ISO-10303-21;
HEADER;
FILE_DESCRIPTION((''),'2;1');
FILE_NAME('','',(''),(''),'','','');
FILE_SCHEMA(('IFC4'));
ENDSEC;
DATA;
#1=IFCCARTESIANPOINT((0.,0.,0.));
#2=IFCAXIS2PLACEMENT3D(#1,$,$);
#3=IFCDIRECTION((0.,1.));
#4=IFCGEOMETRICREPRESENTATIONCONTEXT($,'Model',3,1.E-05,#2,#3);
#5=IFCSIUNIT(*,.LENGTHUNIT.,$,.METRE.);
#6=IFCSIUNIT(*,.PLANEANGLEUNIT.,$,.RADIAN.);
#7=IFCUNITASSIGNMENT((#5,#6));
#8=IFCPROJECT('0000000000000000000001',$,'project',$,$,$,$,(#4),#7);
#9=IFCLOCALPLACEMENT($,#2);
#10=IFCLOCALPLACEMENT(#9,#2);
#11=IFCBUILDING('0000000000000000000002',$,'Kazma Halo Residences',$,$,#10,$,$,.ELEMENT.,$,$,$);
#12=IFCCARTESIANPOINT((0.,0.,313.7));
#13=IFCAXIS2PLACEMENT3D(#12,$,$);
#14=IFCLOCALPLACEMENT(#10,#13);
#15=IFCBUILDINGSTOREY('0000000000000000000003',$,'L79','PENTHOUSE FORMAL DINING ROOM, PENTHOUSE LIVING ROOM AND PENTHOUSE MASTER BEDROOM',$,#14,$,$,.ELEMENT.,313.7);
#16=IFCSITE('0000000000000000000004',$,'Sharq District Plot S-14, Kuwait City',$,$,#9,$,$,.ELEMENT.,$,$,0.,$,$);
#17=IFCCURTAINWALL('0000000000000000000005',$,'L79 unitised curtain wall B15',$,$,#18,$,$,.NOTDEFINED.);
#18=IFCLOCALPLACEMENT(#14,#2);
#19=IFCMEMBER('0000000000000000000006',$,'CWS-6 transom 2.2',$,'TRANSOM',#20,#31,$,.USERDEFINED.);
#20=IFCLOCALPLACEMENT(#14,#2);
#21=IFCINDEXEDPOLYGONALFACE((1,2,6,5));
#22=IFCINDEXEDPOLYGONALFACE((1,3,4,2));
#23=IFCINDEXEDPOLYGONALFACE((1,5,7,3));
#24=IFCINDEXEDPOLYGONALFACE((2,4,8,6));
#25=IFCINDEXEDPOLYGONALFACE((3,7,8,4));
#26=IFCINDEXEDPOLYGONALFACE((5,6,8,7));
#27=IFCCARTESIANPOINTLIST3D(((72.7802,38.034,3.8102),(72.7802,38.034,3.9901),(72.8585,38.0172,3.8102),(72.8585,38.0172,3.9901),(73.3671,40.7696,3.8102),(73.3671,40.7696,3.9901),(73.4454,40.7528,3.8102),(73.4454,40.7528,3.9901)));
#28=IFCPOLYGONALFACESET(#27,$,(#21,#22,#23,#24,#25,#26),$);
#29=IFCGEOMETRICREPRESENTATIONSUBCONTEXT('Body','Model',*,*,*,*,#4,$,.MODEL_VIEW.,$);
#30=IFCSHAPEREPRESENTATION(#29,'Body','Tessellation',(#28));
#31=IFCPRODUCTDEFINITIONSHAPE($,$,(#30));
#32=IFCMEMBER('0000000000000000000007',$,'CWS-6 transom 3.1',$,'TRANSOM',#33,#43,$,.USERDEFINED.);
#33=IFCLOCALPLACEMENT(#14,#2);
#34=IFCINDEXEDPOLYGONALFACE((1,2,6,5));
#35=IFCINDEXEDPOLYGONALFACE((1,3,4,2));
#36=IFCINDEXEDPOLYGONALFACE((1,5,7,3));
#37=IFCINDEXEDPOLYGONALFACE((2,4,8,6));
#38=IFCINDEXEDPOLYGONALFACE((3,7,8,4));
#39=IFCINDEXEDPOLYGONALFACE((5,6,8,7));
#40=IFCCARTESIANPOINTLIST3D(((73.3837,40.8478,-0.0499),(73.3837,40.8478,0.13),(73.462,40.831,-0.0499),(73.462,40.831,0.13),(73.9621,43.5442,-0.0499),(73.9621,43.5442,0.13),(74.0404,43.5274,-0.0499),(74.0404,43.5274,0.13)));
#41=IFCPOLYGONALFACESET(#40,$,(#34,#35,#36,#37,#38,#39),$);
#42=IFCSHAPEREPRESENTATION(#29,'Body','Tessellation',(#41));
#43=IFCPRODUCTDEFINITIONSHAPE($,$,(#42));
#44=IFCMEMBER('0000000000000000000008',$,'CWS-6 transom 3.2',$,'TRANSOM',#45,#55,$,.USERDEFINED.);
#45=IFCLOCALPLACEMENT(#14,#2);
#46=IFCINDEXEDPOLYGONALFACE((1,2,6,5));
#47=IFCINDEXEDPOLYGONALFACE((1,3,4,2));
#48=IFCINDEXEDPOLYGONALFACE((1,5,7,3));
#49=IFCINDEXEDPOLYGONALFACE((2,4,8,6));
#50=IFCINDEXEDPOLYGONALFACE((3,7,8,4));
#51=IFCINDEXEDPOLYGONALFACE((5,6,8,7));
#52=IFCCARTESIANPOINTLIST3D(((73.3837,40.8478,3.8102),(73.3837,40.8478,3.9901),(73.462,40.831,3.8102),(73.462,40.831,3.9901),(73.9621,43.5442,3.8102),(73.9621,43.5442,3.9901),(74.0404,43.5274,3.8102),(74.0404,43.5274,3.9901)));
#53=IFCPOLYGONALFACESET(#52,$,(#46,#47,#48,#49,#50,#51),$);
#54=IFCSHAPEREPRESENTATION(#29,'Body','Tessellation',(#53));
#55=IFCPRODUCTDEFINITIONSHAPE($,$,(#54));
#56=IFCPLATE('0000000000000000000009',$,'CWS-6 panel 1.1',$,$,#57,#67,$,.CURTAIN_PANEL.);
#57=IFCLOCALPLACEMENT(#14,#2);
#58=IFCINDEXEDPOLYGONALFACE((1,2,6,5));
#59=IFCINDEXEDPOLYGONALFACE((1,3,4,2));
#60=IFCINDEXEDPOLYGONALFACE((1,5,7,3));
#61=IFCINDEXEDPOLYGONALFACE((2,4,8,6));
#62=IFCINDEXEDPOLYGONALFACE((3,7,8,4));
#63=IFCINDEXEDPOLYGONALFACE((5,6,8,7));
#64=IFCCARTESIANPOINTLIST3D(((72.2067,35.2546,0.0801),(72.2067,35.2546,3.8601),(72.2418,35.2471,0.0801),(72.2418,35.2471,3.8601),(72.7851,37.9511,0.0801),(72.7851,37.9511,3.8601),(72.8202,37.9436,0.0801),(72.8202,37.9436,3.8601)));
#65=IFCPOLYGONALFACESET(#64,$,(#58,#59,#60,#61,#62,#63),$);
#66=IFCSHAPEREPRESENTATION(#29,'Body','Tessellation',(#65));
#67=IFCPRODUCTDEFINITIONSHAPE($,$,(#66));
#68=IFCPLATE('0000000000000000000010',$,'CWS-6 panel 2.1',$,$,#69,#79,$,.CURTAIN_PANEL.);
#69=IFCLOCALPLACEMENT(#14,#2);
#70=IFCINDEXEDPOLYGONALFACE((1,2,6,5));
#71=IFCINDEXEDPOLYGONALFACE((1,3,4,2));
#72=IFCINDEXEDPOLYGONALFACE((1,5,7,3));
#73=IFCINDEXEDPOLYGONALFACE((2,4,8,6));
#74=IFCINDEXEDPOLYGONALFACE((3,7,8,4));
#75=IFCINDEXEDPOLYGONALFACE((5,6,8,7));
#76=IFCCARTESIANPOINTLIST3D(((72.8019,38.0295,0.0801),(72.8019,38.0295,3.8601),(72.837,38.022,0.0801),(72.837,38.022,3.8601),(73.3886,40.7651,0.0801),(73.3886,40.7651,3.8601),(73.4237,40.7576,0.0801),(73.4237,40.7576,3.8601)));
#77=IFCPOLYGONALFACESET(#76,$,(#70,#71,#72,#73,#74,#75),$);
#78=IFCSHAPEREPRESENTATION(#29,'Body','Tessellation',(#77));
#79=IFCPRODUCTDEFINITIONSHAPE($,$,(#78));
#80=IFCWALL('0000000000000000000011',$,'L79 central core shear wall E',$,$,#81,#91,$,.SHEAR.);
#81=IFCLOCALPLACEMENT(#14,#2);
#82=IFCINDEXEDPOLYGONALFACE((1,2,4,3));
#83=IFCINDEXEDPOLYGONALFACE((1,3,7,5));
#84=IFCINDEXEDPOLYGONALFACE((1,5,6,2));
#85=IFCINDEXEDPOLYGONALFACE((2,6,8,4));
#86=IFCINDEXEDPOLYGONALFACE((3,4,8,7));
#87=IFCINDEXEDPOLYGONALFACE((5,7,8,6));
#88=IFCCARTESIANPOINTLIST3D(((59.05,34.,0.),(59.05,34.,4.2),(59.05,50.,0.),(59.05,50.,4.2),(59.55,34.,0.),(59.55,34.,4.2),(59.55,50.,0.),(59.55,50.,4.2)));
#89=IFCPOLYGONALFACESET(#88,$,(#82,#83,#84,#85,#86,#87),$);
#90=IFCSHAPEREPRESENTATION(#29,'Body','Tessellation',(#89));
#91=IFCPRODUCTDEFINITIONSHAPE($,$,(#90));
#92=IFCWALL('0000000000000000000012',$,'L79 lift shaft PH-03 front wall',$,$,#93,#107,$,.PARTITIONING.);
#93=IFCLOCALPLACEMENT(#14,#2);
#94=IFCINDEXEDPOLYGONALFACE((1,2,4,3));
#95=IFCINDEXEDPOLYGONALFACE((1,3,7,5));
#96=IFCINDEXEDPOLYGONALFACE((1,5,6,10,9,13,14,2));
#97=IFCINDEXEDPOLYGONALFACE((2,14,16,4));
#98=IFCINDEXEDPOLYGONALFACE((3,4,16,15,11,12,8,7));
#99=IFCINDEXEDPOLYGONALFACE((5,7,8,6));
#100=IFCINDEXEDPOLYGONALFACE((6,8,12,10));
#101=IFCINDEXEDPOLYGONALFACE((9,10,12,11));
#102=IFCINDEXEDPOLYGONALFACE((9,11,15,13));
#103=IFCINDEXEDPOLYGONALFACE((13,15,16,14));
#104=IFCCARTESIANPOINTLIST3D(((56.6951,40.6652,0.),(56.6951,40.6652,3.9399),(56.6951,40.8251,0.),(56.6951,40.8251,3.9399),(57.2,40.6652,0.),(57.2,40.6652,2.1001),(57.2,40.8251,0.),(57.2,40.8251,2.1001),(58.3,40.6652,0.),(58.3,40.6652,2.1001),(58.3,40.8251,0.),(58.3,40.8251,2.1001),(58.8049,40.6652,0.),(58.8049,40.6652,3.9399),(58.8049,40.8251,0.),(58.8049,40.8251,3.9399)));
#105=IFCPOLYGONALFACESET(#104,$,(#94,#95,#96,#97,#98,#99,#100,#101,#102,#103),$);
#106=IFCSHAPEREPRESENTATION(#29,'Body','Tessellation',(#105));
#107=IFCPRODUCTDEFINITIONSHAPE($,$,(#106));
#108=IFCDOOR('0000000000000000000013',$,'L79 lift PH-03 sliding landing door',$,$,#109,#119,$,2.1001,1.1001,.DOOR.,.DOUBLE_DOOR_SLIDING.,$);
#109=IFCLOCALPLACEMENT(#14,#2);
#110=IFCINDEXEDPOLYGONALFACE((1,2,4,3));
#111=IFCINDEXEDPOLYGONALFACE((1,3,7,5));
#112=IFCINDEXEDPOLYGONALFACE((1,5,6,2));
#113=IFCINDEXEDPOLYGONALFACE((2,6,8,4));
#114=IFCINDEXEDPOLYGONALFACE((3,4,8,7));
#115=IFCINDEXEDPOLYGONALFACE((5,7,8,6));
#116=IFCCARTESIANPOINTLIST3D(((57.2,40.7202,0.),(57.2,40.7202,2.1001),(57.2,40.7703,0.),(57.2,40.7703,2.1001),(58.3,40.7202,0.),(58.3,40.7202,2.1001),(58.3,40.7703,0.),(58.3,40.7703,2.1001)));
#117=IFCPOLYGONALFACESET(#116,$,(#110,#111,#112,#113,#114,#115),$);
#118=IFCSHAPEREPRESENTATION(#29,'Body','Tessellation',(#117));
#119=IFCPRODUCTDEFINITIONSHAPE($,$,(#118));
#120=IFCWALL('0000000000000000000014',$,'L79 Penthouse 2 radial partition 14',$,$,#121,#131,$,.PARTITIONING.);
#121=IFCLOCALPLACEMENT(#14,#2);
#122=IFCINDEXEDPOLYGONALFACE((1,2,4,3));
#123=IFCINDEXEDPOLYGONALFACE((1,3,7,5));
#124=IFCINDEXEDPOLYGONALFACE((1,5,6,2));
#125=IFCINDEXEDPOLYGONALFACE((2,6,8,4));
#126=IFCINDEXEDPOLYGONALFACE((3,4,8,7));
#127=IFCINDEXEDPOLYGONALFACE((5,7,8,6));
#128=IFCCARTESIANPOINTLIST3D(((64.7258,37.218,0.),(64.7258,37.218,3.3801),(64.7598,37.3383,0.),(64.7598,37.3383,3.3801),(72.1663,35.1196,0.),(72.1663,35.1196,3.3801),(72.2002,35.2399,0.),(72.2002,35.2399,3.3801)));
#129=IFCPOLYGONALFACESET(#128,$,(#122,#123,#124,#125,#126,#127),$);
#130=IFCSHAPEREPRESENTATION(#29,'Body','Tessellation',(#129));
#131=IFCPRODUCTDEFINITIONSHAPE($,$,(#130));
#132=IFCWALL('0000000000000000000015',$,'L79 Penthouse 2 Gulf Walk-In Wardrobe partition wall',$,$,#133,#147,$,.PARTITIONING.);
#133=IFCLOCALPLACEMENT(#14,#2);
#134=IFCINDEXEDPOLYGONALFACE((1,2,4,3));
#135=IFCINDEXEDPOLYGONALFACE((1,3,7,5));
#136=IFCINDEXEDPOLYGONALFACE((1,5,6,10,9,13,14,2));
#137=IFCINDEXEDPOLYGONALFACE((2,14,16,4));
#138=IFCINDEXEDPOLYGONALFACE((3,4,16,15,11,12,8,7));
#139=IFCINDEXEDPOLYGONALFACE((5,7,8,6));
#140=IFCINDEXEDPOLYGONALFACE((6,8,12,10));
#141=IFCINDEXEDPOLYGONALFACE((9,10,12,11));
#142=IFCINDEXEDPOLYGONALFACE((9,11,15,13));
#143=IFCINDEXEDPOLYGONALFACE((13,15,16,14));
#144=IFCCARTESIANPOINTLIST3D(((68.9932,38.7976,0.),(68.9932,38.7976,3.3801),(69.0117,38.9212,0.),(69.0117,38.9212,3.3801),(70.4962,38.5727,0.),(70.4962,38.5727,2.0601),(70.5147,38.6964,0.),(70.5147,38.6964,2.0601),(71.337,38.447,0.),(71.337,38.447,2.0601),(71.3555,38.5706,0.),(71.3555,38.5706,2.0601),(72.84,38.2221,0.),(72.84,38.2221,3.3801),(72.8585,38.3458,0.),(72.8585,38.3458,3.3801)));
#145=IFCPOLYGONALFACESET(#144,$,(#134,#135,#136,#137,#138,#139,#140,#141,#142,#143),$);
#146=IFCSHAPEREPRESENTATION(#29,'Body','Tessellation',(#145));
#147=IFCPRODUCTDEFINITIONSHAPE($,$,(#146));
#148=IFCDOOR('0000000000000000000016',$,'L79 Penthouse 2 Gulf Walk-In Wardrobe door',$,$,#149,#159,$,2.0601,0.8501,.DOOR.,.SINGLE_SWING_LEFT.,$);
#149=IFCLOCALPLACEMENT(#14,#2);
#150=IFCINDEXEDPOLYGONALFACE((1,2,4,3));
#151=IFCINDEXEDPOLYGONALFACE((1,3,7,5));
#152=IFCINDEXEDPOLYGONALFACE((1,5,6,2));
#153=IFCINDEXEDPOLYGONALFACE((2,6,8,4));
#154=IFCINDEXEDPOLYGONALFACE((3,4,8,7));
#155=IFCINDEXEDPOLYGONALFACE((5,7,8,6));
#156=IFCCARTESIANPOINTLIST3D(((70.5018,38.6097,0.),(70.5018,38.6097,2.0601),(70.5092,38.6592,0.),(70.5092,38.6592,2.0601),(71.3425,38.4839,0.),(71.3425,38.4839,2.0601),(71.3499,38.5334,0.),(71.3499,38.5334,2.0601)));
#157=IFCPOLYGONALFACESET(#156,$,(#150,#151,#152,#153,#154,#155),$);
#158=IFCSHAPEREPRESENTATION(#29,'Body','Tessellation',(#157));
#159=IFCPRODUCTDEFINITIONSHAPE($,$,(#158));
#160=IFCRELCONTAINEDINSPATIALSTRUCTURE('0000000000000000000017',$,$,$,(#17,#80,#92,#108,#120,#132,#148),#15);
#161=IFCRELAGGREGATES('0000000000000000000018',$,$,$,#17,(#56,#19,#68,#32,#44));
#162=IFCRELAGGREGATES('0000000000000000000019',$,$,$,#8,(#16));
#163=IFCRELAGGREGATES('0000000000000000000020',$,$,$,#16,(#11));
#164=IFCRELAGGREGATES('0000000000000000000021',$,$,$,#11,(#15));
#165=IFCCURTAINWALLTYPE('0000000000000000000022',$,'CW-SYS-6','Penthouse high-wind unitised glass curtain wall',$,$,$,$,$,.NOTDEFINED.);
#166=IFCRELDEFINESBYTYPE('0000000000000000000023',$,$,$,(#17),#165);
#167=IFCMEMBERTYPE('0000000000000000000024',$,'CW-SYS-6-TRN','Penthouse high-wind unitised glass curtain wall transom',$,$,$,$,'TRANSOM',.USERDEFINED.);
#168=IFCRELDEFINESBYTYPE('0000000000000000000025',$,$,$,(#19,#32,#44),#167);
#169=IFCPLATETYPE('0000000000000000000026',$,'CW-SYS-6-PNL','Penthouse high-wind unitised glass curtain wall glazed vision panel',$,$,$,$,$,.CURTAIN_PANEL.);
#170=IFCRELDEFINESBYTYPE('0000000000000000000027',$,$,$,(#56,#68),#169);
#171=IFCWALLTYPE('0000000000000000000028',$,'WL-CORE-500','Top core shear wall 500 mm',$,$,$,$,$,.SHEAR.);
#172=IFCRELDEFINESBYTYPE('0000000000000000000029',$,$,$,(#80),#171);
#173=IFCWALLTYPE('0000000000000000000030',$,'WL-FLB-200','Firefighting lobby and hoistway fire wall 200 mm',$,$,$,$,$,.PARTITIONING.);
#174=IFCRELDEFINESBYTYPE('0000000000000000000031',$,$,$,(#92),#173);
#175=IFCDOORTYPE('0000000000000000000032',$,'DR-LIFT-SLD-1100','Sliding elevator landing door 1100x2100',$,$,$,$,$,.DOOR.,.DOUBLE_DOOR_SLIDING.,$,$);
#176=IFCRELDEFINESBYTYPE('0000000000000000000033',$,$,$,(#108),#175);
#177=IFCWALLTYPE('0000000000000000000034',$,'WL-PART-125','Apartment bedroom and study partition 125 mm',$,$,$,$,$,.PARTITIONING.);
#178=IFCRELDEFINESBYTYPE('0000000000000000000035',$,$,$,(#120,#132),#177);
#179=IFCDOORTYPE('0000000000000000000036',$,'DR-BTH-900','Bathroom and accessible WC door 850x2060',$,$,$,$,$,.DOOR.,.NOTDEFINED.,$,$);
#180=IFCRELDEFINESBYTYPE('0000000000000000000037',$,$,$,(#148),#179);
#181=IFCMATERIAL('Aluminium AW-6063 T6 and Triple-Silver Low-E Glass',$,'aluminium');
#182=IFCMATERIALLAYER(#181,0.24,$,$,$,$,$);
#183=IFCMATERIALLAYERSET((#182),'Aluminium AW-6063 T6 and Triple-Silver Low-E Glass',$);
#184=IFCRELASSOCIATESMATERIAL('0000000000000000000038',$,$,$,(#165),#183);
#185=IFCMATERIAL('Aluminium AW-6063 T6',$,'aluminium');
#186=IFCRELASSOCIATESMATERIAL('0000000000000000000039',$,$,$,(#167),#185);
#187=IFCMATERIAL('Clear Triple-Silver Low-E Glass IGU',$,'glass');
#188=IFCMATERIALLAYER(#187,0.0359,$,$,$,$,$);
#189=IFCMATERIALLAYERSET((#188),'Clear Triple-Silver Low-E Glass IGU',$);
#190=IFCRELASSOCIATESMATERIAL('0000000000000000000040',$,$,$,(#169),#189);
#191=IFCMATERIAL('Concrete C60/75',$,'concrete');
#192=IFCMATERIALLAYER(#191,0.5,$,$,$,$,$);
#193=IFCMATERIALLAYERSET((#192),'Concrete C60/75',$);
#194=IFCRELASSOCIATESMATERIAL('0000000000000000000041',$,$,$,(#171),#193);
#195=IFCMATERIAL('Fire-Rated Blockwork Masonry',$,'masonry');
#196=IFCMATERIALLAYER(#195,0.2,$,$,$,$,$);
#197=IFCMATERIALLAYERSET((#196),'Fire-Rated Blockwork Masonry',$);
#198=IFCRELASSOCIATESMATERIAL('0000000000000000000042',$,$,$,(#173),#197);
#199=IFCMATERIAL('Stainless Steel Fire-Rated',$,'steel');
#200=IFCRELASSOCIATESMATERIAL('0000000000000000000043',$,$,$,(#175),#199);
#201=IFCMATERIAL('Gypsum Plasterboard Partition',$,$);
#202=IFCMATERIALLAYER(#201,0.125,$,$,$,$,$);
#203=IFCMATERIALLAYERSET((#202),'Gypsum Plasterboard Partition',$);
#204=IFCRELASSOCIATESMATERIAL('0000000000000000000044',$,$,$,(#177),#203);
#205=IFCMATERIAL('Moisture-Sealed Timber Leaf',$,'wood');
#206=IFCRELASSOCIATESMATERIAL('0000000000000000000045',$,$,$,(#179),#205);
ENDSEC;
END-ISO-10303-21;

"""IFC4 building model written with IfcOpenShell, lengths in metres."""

from ifc_helpers import new_model, si_unit, direction, frame, frame_2d, origin, origin_2d, place, context, subcontext, project, spatial, rectangle, extrude, material, layer, layer_set, material_profile, profile_set, type_object, element, fill, aggregate, save


model = new_model("IFC4")

# Units and contexts
model_context = context("Model", 3, precision=1e-05, world=origin(), true_north=direction((0.0, 1.0)))
body_context = subcontext(model_context, "Body", "Model", "MODEL_VIEW")
ifc_project = project(units=[si_unit("LENGTHUNIT", "METRE"), si_unit("PLANEANGLEUNIT", "RADIAN")], contexts=[model_context])

# Site, building, storey
site_placement = place(None, origin())
site = spatial("IfcSite", under=ifc_project, at=site_placement, Name="Sharq District Plot S-14, Kuwait City", CompositionType="ELEMENT", RefElevation=0.0)
building_placement = place(site_placement, origin())
building = spatial("IfcBuilding", under=site, at=building_placement, Name="Kazma Halo Residences", CompositionType="ELEMENT")
storey_placement = place(building_placement, frame((0.0, 0.0, 313.7)))
storey = spatial("IfcBuildingStorey", under=building, at=storey_placement, Name="L79", Description="PENTHOUSE FORMAL DINING ROOM, PENTHOUSE LIVING ROOM AND PENTHOUSE MASTER BEDROOM", CompositionType="ELEMENT", Elevation=313.7)

# Shared definitions
ifc_material_1 = material(Name="Concrete C60/75", Category="concrete")

# Shared definitions
ifc_material_2 = material(Name="Aluminium AW-6063 T6 and Triple-Silver Low-E Glass", Category="aluminium")
ifc_layer_1 = layer(ifc_material_2, 0.24)
ifc_layer_set_1 = layer_set([ifc_layer_1], Name="Aluminium AW-6063 T6 and Triple-Silver Low-E Glass")
curtain_wall_type = type_object("IfcCurtainWallType", Name="CW-SYS-6", Description="Penthouse high-wind unitised glass curtain wall", PredefinedType="NOTDEFINED", material=ifc_layer_set_1)
ifc_material_3 = material(Name="Aluminium AW-6063 T6", Category="aluminium")

# Curtain wall, members, plates
curtain_wall_1_placement = place(storey_placement, origin())
curtain_wall_1 = element("IfcCurtainWall", 1, at=curtain_wall_1_placement, inside=storey, type_object=curtain_wall_type, Name="L79 unitised curtain wall B15", PredefinedType="NOTDEFINED")
ifc_material_profile_1 = material_profile(ifc_material_3, rectangle(XDim=0.0801, YDim=0.1799, at=origin_2d()), Name="CWT-80x180")
ifc_profile_set_1 = profile_set([ifc_material_profile_1], Name="Aluminium AW-6063 T6")
member_type_1 = type_object("IfcMemberType", Name="CW-SYS-6-TRN", Description="Penthouse high-wind unitised glass curtain wall transom", ElementType="TRANSOM", PredefinedType="USERDEFINED", material=ifc_profile_set_1)
member_1_placement = place(storey_placement, frame((72.8193, 38.0256, 3.9001), z_axis=(0.209773, 0.97775, 0.0), x_axis=(-0.97775, 0.209773, 0.0)))
member_1 = element("IfcMember", 2, at=member_1_placement, type_object=member_type_1, Name="CWS-6 transom 2.2", ObjectType="TRANSOM", PredefinedType="USERDEFINED", context=body_context, shape_type="SweptSolid", body=[
    extrude(rectangle(XDim=0.0801, YDim=0.1799, at=origin_2d()), origin(), (0.0, 0.0, 1.0), 2.7979),
])
member_2_placement = place(storey_placement, frame((73.4229, 40.8394, 0.04), z_axis=(0.209716, 0.977762, 0.0), x_axis=(-0.977762, 0.209716, 0.0)))
member_2 = element("IfcMember", 3, at=member_2_placement, type_object=member_type_1, Name="CWS-6 transom 3.1", ObjectType="TRANSOM", PredefinedType="USERDEFINED", context=body_context, shape_type="SweptSolid", body=[
    extrude(rectangle(XDim=0.0801, YDim=0.1799, at=origin_2d()), origin(), (0.0, 0.0, 1.0), 2.7578),
])
member_3_placement = place(storey_placement, frame((73.4229, 40.8394, 3.9001), z_axis=(0.209716, 0.977762, 0.0), x_axis=(-0.977762, 0.209716, 0.0)))
member_3 = element("IfcMember", 4, at=member_3_placement, type_object=member_type_1, Name="CWS-6 transom 3.2", ObjectType="TRANSOM", PredefinedType="USERDEFINED", context=body_context, shape_type="SweptSolid", body=[
    extrude(rectangle(XDim=0.0801, YDim=0.1799, at=origin_2d()), origin(), (0.0, 0.0, 1.0), 2.7578),
])
ifc_material_4 = material(Name="Clear Triple-Silver Low-E Glass IGU", Category="glass")
ifc_layer_2 = layer(ifc_material_4, 0.0359)
ifc_layer_set_2 = layer_set([ifc_layer_2], Name="Clear Triple-Silver Low-E Glass IGU")
plate_type = type_object("IfcPlateType", Name="CW-SYS-6-PNL", Description="Penthouse high-wind unitised glass curtain wall glazed vision panel", PredefinedType="CURTAIN_PANEL", material=ifc_layer_set_2)
plate_1_placement = place(storey_placement, frame((72.5134, 36.5991, 0.0801), z_axis=(0.0, 0.0, 1.0), x_axis=(0.209723, 0.977761, 0.0)))
plate_1 = element("IfcPlate", 5, at=plate_1_placement, type_object=plate_type, Name="CWS-6 panel 1.1", PredefinedType="CURTAIN_PANEL", context=body_context, shape_type="SweptSolid", body=[
    extrude(rectangle(XDim=2.7578, YDim=0.0359, at=origin_2d()), origin(), (0.0, 0.0, 1.0), 3.78),
])
plate_2_placement = place(storey_placement, frame((73.1128, 39.3936, 0.0801), z_axis=(0.0, 0.0, 1.0), x_axis=(0.209723, 0.977761, 0.0)))
plate_2 = element("IfcPlate", 6, at=plate_2_placement, type_object=plate_type, Name="CWS-6 panel 2.1", PredefinedType="CURTAIN_PANEL", context=body_context, shape_type="SweptSolid", body=[
    extrude(rectangle(XDim=2.7979, YDim=0.0359, at=origin_2d()), origin(), (0.0, 0.0, 1.0), 3.78),
])
aggregate(curtain_wall_1, [plate_1, member_1, plate_2, member_2, member_3])

# Wall
ifc_layer_3 = layer(ifc_material_1, 0.5)
ifc_layer_set_3 = layer_set([ifc_layer_3], Name="Concrete C60/75")
wall_type_1 = type_object("IfcWallType", Name="WL-CORE-500", Description="Top core shear wall 500 mm", PredefinedType="SHEAR", material=ifc_layer_set_3)
wall_1_placement = place(storey_placement, frame((59.3, 34.0, 0.0), z_axis=(0.0, 0.0, 1.0), x_axis=(0.0, 1.0, 0.0)))
element("IfcWall", 7, at=wall_1_placement, inside=storey, type_object=wall_type_1, Name="L79 central core shear wall E", PredefinedType="SHEAR", context=body_context, shape_type="SweptSolid", body=[
    extrude(rectangle(XDim=16.0, YDim=0.5, at=frame_2d((8.0, 0.0))), origin(), (0.0, 0.0, 1.0), 4.2),
])

# Wall, opening, door
ifc_material_5 = material(Name="Fire-Rated Blockwork Masonry", Category="masonry")
ifc_layer_4 = layer(ifc_material_5, 0.2)
ifc_layer_set_4 = layer_set([ifc_layer_4], Name="Fire-Rated Blockwork Masonry")
wall_type_2 = type_object("IfcWallType", Name="WL-FLB-200", Description="Firefighting lobby and hoistway fire wall 200 mm", PredefinedType="PARTITIONING", material=ifc_layer_set_4)
wall_2_placement = place(storey_placement, frame((58.8049, 40.7451, 0.0), z_axis=(0.0, 0.0, 1.0), x_axis=(-1.0, 0.0, 0.0)))
wall_2 = element("IfcWall", 8, at=wall_2_placement, inside=storey, type_object=wall_type_2, Name="L79 lift shaft PH-03 front wall", PredefinedType="PARTITIONING", context=body_context, shape_type="SweptSolid", body=[
    extrude(rectangle(XDim=2.1099, YDim=0.1599, at=frame_2d((1.0549, 0.0))), origin(), (0.0, 0.0, 1.0), 3.9399),
])
opening_1_placement = place(wall_2_placement, frame((0.5049, 0.0, 0.0)))
opening_1 = element("IfcOpeningElement", 9, at=opening_1_placement, cuts=wall_2, PredefinedType="OPENING", context=body_context, shape_type="SweptSolid", body=[
    extrude(rectangle(XDim=1.1001, YDim=2.1001, at=frame_2d((0.55, 1.05))), frame((0.0, 0.0898, 0.0), z_axis=(0.0, -1.0, 0.0), x_axis=(1.0, 0.0, 0.0)), (0.0, 0.0, 1.0), 0.1799),
])
ifc_material_6 = material(Name="Stainless Steel Fire-Rated", Category="steel")
door_type_1 = type_object("IfcDoorType", Name="DR-LIFT-SLD-1100", Description="Sliding elevator landing door 1100x2100", OperationType="DOUBLE_DOOR_SLIDING", PredefinedType="DOOR", material=ifc_material_6)
door_1_placement = place(opening_1_placement, origin())
door_1 = element("IfcDoor", 10, at=door_1_placement, inside=storey, type_object=door_type_1, Name="L79 lift PH-03 sliding landing door", OperationType="DOUBLE_DOOR_SLIDING", OverallHeight=2.1001, OverallWidth=1.1001, PredefinedType="DOOR", context=body_context, shape_type="SweptSolid", body=[
    extrude(rectangle(XDim=1.1001, YDim=2.1001, at=frame_2d((0.55, 1.05))), frame((0.0, 0.0249, 0.0), z_axis=(0.0, -1.0, 0.0), x_axis=(1.0, 0.0, 0.0)), (0.0, 0.0, 1.0), 0.05),
])
fill(opening_1, door_1)

# Wall
ifc_material_7 = material(Name="Gypsum Plasterboard Partition")
ifc_layer_5 = layer(ifc_material_7, 0.125)
ifc_layer_set_5 = layer_set([ifc_layer_5], Name="Gypsum Plasterboard Partition")
wall_type_3 = type_object("IfcWallType", Name="WL-PART-125", Description="Apartment bedroom and study partition 125 mm", PredefinedType="PARTITIONING", material=ifc_layer_set_5)
wall_3_placement = place(storey_placement, frame((64.7429, 37.2781, 0.0), z_axis=(0.0, 0.0, 1.0), x_axis=(0.962456, -0.271437, 0.0)))
element("IfcWall", 11, at=wall_3_placement, inside=storey, type_object=wall_type_3, Name="L79 Penthouse 2 radial partition 14", PredefinedType="PARTITIONING", context=body_context, shape_type="SweptSolid", body=[
    extrude(rectangle(XDim=7.7307, YDim=0.125, at=frame_2d((3.8652, 0.0))), origin(), (0.0, 0.0, 1.0), 3.3801),
])

# Wall, opening, door
wall_4_placement = place(storey_placement, frame((69.0024, 38.8594, 0.0), z_axis=(0.0, 0.0, 1.0), x_axis=(0.988997, -0.147938, 0.0)))
wall_4 = element("IfcWall", 12, at=wall_4_placement, inside=storey, type_object=wall_type_3, Name="L79 Penthouse 2 Gulf Walk-In Wardrobe partition wall", PredefinedType="PARTITIONING", context=body_context, shape_type="SweptSolid", body=[
    extrude(rectangle(XDim=3.8896, YDim=0.125, at=frame_2d((1.9448, 0.0))), origin(), (0.0, 0.0, 1.0), 3.3801),
])
opening_2_placement = place(wall_4_placement, frame((1.5198, 0.0, 0.0)))
opening_2 = element("IfcOpeningElement", 13, at=opening_2_placement, cuts=wall_4, PredefinedType="OPENING", context=body_context, shape_type="SweptSolid", body=[
    extrude(rectangle(XDim=0.8501, YDim=2.0601, at=frame_2d((0.425, 1.03))), frame((0.0, 0.0725, 0.0), z_axis=(0.0, -1.0, 0.0), x_axis=(1.0, 0.0, 0.0)), (0.0, 0.0, 1.0), 0.145),
])
ifc_material_8 = material(Name="Moisture-Sealed Timber Leaf", Category="wood")
door_type_2 = type_object("IfcDoorType", Name="DR-BTH-900", Description="Bathroom and accessible WC door 850x2060", OperationType="NOTDEFINED", PredefinedType="DOOR", material=ifc_material_8)
door_2_placement = place(opening_2_placement, origin())
door_2 = element("IfcDoor", 14, at=door_2_placement, inside=storey, type_object=door_type_2, Name="L79 Penthouse 2 Gulf Walk-In Wardrobe door", OperationType="SINGLE_SWING_LEFT", OverallHeight=2.0601, OverallWidth=0.8501, PredefinedType="DOOR", context=body_context, shape_type="SweptSolid", body=[
    extrude(rectangle(XDim=0.8501, YDim=2.0601, at=frame_2d((0.425, 1.03))), frame((0.0, 0.0249, 0.0), z_axis=(0.0, -1.0, 0.0), x_axis=(1.0, 0.0, 0.0)), (0.0, 0.0, 1.0), 0.05),
])
fill(opening_2, door_2)

save(model, "model.ifc")
